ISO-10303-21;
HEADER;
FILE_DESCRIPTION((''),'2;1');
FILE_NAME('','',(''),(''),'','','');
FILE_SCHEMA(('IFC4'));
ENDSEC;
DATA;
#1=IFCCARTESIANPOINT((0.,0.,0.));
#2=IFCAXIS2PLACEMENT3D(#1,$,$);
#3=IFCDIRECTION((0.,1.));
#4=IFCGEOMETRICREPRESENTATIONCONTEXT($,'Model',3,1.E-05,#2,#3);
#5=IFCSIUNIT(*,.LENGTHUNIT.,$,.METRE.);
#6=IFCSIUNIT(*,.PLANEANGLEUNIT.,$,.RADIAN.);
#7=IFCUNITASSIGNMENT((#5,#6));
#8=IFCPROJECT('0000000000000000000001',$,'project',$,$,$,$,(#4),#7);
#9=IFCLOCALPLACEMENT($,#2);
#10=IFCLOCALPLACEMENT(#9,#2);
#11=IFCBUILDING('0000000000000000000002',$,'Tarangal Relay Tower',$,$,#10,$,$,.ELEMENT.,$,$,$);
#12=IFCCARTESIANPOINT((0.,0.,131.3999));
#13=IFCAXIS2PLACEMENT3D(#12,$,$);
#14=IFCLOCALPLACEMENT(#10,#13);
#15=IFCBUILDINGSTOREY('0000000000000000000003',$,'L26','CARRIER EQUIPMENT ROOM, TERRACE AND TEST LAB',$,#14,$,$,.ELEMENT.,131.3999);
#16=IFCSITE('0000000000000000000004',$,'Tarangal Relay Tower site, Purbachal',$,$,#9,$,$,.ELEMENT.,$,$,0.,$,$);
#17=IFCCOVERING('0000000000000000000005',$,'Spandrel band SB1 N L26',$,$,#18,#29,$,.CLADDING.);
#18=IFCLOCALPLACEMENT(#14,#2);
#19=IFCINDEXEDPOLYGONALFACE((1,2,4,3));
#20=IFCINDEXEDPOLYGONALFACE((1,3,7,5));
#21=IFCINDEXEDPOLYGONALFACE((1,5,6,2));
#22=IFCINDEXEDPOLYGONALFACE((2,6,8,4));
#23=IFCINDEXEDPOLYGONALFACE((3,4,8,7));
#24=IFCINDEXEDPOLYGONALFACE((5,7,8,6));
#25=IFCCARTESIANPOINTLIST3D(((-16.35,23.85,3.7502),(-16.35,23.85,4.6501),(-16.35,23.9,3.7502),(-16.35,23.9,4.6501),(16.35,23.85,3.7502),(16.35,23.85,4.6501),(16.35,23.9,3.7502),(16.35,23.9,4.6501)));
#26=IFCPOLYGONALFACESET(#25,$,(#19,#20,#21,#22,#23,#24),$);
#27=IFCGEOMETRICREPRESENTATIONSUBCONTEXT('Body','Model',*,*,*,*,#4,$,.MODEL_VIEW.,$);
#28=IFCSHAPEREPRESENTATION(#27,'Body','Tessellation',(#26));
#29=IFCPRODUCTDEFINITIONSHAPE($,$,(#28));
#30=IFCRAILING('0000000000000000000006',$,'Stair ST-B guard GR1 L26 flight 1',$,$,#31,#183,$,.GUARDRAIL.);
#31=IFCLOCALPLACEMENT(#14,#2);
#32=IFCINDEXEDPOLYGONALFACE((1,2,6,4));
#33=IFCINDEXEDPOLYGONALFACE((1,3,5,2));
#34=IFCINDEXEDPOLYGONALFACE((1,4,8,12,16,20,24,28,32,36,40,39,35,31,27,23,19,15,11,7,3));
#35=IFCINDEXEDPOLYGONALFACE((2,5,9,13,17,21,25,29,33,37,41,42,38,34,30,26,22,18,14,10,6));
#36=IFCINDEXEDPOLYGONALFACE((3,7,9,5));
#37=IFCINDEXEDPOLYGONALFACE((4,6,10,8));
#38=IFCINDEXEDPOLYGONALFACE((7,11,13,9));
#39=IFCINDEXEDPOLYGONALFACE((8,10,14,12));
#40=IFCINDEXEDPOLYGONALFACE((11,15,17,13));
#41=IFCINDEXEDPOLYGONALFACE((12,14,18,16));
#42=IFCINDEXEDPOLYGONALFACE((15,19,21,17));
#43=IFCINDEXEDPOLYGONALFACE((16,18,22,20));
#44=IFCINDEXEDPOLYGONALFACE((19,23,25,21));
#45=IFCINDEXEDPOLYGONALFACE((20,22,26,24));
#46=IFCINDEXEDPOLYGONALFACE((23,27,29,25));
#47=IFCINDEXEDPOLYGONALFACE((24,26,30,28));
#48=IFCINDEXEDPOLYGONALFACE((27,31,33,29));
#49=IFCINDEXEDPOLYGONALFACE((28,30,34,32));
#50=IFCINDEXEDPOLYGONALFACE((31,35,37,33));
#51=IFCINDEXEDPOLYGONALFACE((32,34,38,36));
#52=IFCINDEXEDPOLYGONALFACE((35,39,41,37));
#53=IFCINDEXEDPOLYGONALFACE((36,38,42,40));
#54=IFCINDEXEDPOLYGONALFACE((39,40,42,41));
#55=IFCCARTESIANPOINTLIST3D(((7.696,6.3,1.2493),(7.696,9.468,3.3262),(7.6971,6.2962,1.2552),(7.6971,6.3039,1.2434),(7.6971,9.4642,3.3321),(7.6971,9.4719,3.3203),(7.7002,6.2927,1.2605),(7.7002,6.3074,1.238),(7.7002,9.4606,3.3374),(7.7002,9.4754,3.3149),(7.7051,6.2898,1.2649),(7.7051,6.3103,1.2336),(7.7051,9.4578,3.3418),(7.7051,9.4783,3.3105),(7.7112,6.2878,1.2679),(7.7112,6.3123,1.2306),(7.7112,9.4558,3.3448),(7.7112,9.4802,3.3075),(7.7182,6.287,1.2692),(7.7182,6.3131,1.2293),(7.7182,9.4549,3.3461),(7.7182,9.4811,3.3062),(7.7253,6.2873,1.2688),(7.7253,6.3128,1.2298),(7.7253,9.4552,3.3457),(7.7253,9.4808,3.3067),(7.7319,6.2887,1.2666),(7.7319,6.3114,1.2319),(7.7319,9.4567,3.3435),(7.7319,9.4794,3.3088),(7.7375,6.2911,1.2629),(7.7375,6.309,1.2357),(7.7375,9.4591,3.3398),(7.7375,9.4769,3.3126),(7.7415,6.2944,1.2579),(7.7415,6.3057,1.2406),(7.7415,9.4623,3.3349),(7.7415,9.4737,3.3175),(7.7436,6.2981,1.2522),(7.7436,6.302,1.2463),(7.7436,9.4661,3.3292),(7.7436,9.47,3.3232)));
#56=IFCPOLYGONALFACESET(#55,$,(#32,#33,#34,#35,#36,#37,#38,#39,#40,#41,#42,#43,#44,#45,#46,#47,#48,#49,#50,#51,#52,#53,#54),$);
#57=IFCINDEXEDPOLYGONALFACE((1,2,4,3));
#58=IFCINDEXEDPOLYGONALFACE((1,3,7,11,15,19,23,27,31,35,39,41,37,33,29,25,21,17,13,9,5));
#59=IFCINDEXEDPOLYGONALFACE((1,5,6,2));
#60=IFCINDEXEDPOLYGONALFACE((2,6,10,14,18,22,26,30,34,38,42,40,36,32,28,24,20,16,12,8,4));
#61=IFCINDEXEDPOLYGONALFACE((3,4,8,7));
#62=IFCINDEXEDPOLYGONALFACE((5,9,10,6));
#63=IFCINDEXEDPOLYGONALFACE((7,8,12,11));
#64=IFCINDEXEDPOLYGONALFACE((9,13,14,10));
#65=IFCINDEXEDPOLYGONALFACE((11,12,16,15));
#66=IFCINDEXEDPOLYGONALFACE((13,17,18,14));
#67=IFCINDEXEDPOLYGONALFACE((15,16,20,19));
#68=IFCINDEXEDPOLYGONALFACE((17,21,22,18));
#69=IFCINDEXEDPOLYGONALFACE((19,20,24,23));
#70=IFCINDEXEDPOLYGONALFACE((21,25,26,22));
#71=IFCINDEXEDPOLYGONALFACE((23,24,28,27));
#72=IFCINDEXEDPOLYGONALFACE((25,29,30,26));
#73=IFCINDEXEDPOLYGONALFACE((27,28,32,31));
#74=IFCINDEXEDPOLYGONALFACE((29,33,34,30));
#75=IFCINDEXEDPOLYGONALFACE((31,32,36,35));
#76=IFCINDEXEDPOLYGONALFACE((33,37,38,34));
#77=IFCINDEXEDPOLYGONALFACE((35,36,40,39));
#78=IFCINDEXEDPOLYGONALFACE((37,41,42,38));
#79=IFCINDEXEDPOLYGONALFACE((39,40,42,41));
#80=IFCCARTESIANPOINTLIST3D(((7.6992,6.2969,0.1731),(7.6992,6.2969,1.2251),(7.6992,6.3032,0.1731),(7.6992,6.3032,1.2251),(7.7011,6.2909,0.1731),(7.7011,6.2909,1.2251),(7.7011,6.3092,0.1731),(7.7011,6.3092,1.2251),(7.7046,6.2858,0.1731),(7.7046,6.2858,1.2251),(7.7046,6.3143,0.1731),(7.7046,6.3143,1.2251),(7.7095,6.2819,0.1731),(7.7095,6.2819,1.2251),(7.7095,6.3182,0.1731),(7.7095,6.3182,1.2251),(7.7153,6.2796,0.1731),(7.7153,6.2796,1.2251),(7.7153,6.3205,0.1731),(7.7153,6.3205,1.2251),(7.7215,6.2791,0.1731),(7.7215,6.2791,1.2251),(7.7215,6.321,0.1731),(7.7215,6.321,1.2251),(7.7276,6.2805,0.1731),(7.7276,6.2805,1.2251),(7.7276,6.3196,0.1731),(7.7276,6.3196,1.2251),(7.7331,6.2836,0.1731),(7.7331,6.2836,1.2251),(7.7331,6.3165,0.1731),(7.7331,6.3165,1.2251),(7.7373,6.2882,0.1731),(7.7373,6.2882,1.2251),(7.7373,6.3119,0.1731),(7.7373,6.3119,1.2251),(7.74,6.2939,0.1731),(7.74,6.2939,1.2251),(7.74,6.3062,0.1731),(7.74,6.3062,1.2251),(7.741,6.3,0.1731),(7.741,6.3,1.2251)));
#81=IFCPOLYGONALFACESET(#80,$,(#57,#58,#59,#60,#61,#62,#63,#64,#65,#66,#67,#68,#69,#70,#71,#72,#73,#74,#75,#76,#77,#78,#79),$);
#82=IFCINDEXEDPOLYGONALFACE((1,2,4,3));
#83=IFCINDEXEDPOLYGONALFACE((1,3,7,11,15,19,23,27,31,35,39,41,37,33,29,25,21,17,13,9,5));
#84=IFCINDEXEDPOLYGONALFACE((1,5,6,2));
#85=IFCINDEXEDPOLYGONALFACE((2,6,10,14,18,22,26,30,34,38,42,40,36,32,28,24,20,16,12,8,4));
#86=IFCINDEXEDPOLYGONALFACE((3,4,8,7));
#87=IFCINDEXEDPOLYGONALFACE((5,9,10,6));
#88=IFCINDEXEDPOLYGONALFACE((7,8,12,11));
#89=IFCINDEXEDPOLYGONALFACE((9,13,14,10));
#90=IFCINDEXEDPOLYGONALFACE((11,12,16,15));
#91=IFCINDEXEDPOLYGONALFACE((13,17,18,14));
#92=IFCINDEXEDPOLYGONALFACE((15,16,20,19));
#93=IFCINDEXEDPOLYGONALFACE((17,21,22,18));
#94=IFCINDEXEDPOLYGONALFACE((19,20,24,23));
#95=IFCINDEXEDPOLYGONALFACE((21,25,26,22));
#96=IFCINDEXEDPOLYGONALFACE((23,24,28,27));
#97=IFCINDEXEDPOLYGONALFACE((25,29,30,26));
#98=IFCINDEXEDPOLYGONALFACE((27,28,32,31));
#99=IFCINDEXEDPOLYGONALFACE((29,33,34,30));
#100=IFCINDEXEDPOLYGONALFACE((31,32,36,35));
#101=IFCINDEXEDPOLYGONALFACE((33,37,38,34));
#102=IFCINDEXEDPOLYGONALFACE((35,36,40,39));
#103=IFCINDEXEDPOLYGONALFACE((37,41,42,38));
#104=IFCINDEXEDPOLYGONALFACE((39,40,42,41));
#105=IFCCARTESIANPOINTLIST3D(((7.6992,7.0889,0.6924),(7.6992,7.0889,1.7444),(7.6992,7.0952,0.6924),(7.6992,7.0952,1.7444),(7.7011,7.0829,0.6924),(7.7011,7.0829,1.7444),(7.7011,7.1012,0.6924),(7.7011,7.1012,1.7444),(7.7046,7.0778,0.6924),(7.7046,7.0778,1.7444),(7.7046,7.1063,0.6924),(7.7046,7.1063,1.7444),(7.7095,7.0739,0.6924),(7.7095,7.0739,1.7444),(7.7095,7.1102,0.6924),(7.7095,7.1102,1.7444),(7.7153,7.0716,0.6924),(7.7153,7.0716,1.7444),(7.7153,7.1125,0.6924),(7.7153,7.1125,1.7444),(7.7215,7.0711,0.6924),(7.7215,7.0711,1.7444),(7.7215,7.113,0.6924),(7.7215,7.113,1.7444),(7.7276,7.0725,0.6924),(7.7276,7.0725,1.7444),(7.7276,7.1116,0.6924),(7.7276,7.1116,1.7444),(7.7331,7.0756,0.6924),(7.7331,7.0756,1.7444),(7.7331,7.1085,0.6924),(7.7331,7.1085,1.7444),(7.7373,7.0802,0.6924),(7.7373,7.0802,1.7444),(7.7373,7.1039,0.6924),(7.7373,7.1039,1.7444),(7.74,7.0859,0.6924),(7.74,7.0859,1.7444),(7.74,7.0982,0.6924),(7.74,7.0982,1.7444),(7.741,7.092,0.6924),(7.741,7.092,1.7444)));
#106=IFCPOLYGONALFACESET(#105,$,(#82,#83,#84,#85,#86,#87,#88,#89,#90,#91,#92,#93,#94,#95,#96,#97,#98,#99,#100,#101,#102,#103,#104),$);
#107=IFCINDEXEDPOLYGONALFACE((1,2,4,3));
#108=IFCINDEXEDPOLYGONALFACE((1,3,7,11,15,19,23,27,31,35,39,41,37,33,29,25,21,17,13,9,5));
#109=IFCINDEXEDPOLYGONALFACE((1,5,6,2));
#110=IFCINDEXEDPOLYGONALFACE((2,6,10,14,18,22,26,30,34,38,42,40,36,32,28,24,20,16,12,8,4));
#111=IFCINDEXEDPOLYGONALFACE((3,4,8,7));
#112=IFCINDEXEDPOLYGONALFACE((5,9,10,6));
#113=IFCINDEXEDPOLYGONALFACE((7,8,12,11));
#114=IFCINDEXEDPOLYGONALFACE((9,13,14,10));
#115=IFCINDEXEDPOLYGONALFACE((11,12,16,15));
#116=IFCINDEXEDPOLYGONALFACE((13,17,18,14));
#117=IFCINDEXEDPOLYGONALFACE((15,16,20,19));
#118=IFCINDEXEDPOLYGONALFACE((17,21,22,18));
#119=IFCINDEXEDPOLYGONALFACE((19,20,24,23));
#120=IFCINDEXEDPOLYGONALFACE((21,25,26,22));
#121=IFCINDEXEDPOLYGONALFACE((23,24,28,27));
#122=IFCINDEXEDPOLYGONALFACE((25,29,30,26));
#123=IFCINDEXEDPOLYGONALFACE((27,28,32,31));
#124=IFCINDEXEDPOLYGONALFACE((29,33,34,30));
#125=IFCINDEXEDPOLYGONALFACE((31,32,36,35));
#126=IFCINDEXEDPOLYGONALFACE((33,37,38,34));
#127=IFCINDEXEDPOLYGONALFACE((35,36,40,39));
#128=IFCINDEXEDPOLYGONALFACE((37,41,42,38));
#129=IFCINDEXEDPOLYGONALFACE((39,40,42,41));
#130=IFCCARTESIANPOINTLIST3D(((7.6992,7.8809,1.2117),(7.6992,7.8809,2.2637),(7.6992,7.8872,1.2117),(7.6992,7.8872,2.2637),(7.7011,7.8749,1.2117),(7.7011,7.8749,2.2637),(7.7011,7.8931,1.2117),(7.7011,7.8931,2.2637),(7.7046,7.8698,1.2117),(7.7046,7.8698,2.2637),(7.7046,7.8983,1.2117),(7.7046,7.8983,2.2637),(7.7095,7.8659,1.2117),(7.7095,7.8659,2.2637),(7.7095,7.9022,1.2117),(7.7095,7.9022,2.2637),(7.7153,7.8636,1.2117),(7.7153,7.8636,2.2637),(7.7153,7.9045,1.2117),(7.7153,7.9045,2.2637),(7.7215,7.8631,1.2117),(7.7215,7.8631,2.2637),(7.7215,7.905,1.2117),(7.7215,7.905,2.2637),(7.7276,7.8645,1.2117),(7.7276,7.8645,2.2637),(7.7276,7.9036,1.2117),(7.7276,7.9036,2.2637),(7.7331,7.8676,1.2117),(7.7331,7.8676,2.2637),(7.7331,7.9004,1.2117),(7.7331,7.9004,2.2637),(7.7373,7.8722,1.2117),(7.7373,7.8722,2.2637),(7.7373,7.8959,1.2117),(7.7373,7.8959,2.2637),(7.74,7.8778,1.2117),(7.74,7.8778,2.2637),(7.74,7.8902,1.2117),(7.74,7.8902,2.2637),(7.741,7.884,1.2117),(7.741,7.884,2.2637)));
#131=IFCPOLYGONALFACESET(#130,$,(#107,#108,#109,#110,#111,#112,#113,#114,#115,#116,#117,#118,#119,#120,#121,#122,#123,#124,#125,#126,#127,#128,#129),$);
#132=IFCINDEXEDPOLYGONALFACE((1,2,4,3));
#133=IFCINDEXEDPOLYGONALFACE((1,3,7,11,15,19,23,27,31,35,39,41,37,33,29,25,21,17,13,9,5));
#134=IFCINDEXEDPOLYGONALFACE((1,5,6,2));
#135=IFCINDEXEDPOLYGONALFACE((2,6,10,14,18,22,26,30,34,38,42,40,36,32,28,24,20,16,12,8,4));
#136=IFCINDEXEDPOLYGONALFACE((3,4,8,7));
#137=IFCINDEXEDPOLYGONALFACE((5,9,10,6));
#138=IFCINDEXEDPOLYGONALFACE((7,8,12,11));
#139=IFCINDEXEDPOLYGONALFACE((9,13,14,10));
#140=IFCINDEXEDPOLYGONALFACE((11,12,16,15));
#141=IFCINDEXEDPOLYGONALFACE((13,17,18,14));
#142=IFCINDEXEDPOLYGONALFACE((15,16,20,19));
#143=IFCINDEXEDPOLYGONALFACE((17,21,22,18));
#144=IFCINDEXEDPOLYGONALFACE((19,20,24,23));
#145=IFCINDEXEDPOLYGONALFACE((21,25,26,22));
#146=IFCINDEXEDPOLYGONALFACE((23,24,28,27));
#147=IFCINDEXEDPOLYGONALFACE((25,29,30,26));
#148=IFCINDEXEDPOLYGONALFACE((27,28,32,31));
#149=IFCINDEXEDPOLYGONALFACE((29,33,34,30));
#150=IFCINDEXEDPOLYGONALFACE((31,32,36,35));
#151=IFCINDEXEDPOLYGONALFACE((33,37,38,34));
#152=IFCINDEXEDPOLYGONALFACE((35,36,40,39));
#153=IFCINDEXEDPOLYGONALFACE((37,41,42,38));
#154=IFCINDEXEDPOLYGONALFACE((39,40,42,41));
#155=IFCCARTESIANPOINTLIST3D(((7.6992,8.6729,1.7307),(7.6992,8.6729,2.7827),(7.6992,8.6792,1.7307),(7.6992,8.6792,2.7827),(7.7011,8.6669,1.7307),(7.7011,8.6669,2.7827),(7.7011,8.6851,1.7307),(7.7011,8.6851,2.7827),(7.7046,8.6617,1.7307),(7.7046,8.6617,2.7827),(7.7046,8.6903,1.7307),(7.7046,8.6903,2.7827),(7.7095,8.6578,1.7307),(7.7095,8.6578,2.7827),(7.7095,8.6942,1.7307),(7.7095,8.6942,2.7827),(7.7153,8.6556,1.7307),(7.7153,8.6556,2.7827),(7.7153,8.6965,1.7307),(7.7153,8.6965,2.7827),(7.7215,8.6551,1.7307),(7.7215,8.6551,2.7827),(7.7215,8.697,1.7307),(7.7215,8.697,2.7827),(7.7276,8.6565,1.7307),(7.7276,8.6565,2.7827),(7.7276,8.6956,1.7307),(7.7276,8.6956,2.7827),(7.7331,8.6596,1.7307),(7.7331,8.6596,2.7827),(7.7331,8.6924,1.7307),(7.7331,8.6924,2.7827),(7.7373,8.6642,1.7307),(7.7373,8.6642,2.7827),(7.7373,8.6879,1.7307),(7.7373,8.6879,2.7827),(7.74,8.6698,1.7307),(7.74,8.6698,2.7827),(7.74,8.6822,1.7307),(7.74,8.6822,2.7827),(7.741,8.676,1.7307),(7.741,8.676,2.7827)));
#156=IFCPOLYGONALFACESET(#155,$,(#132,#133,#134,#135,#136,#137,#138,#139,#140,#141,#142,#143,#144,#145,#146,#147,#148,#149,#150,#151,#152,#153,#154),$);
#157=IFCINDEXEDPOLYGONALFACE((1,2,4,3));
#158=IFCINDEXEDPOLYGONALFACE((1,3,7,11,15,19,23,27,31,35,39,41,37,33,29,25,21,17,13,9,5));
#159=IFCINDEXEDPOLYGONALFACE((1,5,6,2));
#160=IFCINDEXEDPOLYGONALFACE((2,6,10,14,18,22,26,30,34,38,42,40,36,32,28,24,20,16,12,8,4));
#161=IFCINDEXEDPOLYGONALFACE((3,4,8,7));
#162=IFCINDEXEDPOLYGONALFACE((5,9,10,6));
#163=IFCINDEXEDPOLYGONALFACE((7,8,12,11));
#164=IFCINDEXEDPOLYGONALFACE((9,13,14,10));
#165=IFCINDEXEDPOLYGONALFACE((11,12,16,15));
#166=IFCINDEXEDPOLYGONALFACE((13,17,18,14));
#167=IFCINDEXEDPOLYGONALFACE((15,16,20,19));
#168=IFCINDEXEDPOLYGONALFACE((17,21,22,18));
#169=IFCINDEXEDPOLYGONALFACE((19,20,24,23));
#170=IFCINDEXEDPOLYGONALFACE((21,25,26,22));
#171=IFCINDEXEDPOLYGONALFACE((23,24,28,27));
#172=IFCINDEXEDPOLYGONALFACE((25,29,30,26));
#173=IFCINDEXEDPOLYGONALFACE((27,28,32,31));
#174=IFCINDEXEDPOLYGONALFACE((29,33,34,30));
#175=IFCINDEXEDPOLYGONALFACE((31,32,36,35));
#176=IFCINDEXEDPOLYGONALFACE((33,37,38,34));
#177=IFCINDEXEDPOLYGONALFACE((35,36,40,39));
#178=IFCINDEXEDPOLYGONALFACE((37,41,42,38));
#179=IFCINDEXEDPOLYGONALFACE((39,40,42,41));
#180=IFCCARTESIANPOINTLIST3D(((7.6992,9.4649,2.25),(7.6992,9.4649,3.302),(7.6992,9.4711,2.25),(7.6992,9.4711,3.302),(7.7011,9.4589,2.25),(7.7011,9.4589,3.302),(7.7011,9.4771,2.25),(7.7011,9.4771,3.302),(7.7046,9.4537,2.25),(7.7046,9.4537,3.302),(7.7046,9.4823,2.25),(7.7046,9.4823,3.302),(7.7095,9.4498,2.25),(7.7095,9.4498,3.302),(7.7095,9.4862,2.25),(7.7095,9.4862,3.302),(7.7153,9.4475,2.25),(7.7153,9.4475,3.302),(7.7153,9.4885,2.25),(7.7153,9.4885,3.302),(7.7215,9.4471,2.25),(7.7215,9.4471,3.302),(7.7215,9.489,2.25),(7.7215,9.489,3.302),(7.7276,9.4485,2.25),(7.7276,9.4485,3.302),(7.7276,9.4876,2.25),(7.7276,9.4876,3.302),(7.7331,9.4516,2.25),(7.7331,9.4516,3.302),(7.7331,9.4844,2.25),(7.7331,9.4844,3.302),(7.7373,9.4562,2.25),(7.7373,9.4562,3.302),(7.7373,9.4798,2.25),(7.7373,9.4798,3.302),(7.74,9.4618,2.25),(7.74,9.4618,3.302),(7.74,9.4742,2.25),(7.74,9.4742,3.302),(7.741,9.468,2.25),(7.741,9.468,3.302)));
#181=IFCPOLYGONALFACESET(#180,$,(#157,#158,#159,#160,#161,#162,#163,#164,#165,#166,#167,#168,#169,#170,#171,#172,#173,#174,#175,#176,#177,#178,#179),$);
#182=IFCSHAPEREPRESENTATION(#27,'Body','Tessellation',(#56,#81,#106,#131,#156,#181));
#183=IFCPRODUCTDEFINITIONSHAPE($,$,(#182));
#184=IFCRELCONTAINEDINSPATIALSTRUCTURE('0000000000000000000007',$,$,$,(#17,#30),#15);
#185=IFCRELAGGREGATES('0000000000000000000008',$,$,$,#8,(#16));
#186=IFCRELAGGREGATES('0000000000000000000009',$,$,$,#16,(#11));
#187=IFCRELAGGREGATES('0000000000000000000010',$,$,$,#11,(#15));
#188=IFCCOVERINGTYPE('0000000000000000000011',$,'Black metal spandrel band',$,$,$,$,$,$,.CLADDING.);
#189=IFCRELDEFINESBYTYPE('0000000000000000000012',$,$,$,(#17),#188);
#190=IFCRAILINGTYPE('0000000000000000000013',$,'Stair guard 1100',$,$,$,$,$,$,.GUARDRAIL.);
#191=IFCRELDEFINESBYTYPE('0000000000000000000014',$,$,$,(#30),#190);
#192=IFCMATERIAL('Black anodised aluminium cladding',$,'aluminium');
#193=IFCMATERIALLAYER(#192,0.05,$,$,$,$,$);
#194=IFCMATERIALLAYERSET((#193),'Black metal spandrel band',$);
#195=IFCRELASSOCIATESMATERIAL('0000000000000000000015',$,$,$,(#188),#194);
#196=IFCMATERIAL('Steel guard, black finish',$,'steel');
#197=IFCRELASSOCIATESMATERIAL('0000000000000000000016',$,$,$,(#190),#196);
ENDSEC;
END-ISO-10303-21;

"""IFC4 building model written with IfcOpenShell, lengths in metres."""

from ifc_helpers import new_model, si_unit, direction, frame, origin, origin_2d, place, context, subcontext, project, spatial, rectangle, circle, extrude, material, layer, layer_set, type_object, element, save


model = new_model("IFC4")

# Units and contexts
model_context = context("Model", 3, precision=1e-05, world=origin(), true_north=direction((0.0, 1.0)))
body_context = subcontext(model_context, "Body", "Model", "MODEL_VIEW")
ifc_project = project(units=[si_unit("LENGTHUNIT", "METRE"), si_unit("PLANEANGLEUNIT", "RADIAN")], contexts=[model_context])

# Site, building, storey
site_placement = place(None, origin())
site = spatial("IfcSite", under=ifc_project, at=site_placement, Name="Tarangal Relay Tower site, Purbachal", CompositionType="ELEMENT", RefElevation=0.0)
building_placement = place(site_placement, origin())
building = spatial("IfcBuilding", under=site, at=building_placement, Name="Tarangal Relay Tower", CompositionType="ELEMENT")
storey_placement = place(building_placement, frame((0.0, 0.0, 131.3999)))
storey = spatial("IfcBuildingStorey", under=building, at=storey_placement, Name="L26", Description="CARRIER EQUIPMENT ROOM, TERRACE AND TEST LAB", CompositionType="ELEMENT", Elevation=131.3999)

# Covering
ifc_material_1 = material(Name="Black anodised aluminium cladding", Category="aluminium")
ifc_layer_1 = layer(ifc_material_1, 0.05)
ifc_layer_set_1 = layer_set([ifc_layer_1], Name="Black metal spandrel band")
covering_type = type_object("IfcCoveringType", Name="Black metal spandrel band", PredefinedType="CLADDING", material=ifc_layer_set_1)
covering_placement = place(storey_placement, frame((0.0, 23.875, 3.7502), z_axis=(0.0, 0.0, 1.0), x_axis=(1.0, 0.0, 0.0)))
element("IfcCovering", 1, at=covering_placement, inside=storey, type_object=covering_type, Name="Spandrel band SB1 N L26", PredefinedType="CLADDING", context=body_context, shape_type="SweptSolid", body=[
    extrude(rectangle(XDim=32.7, YDim=0.05, at=origin_2d()), origin(), (0.0, 0.0, 1.0), 0.8999),
])

# Railing
ifc_material_2 = material(Name="Steel guard, black finish", Category="steel")
railing_type_1 = type_object("IfcRailingType", Name="Stair guard 1100", PredefinedType="GUARDRAIL", material=ifc_material_2)
railing_1_placement = place(storey_placement, frame((7.72, 6.3, 0.1731)))
element("IfcRailing", 2, at=railing_1_placement, inside=storey, type_object=railing_type_1, Name="Stair ST-B guard GR1 L26 flight 1", PredefinedType="GUARDRAIL", context=body_context, shape_type="SweptSolid", body=[
    extrude(circle(Radius=0.0239, at=origin_2d()), frame((0.0, 0.0, 1.0762), z_axis=(0.0, 0.836299, 0.548273), x_axis=(-1.0, 0.0, 0.0)), (0.0, 0.0, 1.0), 3.7881),
    extrude(circle(Radius=0.021, at=origin_2d()), origin(), (0.0, 0.0, 1.0), 1.052),
    extrude(circle(Radius=0.021, at=origin_2d()), frame((0.0, 0.792, 0.5193)), (0.0, 0.0, 1.0), 1.052),
    extrude(circle(Radius=0.021, at=origin_2d()), frame((0.0, 1.584, 1.0386)), (0.0, 0.0, 1.0), 1.052),
    extrude(circle(Radius=0.021, at=origin_2d()), frame((0.0, 2.376, 1.5576)), (0.0, 0.0, 1.0), 1.052),
    extrude(circle(Radius=0.021, at=origin_2d()), frame((0.0, 3.168, 2.0769)), (0.0, 0.0, 1.0), 1.052),
])

save(model, "model.ifc")
